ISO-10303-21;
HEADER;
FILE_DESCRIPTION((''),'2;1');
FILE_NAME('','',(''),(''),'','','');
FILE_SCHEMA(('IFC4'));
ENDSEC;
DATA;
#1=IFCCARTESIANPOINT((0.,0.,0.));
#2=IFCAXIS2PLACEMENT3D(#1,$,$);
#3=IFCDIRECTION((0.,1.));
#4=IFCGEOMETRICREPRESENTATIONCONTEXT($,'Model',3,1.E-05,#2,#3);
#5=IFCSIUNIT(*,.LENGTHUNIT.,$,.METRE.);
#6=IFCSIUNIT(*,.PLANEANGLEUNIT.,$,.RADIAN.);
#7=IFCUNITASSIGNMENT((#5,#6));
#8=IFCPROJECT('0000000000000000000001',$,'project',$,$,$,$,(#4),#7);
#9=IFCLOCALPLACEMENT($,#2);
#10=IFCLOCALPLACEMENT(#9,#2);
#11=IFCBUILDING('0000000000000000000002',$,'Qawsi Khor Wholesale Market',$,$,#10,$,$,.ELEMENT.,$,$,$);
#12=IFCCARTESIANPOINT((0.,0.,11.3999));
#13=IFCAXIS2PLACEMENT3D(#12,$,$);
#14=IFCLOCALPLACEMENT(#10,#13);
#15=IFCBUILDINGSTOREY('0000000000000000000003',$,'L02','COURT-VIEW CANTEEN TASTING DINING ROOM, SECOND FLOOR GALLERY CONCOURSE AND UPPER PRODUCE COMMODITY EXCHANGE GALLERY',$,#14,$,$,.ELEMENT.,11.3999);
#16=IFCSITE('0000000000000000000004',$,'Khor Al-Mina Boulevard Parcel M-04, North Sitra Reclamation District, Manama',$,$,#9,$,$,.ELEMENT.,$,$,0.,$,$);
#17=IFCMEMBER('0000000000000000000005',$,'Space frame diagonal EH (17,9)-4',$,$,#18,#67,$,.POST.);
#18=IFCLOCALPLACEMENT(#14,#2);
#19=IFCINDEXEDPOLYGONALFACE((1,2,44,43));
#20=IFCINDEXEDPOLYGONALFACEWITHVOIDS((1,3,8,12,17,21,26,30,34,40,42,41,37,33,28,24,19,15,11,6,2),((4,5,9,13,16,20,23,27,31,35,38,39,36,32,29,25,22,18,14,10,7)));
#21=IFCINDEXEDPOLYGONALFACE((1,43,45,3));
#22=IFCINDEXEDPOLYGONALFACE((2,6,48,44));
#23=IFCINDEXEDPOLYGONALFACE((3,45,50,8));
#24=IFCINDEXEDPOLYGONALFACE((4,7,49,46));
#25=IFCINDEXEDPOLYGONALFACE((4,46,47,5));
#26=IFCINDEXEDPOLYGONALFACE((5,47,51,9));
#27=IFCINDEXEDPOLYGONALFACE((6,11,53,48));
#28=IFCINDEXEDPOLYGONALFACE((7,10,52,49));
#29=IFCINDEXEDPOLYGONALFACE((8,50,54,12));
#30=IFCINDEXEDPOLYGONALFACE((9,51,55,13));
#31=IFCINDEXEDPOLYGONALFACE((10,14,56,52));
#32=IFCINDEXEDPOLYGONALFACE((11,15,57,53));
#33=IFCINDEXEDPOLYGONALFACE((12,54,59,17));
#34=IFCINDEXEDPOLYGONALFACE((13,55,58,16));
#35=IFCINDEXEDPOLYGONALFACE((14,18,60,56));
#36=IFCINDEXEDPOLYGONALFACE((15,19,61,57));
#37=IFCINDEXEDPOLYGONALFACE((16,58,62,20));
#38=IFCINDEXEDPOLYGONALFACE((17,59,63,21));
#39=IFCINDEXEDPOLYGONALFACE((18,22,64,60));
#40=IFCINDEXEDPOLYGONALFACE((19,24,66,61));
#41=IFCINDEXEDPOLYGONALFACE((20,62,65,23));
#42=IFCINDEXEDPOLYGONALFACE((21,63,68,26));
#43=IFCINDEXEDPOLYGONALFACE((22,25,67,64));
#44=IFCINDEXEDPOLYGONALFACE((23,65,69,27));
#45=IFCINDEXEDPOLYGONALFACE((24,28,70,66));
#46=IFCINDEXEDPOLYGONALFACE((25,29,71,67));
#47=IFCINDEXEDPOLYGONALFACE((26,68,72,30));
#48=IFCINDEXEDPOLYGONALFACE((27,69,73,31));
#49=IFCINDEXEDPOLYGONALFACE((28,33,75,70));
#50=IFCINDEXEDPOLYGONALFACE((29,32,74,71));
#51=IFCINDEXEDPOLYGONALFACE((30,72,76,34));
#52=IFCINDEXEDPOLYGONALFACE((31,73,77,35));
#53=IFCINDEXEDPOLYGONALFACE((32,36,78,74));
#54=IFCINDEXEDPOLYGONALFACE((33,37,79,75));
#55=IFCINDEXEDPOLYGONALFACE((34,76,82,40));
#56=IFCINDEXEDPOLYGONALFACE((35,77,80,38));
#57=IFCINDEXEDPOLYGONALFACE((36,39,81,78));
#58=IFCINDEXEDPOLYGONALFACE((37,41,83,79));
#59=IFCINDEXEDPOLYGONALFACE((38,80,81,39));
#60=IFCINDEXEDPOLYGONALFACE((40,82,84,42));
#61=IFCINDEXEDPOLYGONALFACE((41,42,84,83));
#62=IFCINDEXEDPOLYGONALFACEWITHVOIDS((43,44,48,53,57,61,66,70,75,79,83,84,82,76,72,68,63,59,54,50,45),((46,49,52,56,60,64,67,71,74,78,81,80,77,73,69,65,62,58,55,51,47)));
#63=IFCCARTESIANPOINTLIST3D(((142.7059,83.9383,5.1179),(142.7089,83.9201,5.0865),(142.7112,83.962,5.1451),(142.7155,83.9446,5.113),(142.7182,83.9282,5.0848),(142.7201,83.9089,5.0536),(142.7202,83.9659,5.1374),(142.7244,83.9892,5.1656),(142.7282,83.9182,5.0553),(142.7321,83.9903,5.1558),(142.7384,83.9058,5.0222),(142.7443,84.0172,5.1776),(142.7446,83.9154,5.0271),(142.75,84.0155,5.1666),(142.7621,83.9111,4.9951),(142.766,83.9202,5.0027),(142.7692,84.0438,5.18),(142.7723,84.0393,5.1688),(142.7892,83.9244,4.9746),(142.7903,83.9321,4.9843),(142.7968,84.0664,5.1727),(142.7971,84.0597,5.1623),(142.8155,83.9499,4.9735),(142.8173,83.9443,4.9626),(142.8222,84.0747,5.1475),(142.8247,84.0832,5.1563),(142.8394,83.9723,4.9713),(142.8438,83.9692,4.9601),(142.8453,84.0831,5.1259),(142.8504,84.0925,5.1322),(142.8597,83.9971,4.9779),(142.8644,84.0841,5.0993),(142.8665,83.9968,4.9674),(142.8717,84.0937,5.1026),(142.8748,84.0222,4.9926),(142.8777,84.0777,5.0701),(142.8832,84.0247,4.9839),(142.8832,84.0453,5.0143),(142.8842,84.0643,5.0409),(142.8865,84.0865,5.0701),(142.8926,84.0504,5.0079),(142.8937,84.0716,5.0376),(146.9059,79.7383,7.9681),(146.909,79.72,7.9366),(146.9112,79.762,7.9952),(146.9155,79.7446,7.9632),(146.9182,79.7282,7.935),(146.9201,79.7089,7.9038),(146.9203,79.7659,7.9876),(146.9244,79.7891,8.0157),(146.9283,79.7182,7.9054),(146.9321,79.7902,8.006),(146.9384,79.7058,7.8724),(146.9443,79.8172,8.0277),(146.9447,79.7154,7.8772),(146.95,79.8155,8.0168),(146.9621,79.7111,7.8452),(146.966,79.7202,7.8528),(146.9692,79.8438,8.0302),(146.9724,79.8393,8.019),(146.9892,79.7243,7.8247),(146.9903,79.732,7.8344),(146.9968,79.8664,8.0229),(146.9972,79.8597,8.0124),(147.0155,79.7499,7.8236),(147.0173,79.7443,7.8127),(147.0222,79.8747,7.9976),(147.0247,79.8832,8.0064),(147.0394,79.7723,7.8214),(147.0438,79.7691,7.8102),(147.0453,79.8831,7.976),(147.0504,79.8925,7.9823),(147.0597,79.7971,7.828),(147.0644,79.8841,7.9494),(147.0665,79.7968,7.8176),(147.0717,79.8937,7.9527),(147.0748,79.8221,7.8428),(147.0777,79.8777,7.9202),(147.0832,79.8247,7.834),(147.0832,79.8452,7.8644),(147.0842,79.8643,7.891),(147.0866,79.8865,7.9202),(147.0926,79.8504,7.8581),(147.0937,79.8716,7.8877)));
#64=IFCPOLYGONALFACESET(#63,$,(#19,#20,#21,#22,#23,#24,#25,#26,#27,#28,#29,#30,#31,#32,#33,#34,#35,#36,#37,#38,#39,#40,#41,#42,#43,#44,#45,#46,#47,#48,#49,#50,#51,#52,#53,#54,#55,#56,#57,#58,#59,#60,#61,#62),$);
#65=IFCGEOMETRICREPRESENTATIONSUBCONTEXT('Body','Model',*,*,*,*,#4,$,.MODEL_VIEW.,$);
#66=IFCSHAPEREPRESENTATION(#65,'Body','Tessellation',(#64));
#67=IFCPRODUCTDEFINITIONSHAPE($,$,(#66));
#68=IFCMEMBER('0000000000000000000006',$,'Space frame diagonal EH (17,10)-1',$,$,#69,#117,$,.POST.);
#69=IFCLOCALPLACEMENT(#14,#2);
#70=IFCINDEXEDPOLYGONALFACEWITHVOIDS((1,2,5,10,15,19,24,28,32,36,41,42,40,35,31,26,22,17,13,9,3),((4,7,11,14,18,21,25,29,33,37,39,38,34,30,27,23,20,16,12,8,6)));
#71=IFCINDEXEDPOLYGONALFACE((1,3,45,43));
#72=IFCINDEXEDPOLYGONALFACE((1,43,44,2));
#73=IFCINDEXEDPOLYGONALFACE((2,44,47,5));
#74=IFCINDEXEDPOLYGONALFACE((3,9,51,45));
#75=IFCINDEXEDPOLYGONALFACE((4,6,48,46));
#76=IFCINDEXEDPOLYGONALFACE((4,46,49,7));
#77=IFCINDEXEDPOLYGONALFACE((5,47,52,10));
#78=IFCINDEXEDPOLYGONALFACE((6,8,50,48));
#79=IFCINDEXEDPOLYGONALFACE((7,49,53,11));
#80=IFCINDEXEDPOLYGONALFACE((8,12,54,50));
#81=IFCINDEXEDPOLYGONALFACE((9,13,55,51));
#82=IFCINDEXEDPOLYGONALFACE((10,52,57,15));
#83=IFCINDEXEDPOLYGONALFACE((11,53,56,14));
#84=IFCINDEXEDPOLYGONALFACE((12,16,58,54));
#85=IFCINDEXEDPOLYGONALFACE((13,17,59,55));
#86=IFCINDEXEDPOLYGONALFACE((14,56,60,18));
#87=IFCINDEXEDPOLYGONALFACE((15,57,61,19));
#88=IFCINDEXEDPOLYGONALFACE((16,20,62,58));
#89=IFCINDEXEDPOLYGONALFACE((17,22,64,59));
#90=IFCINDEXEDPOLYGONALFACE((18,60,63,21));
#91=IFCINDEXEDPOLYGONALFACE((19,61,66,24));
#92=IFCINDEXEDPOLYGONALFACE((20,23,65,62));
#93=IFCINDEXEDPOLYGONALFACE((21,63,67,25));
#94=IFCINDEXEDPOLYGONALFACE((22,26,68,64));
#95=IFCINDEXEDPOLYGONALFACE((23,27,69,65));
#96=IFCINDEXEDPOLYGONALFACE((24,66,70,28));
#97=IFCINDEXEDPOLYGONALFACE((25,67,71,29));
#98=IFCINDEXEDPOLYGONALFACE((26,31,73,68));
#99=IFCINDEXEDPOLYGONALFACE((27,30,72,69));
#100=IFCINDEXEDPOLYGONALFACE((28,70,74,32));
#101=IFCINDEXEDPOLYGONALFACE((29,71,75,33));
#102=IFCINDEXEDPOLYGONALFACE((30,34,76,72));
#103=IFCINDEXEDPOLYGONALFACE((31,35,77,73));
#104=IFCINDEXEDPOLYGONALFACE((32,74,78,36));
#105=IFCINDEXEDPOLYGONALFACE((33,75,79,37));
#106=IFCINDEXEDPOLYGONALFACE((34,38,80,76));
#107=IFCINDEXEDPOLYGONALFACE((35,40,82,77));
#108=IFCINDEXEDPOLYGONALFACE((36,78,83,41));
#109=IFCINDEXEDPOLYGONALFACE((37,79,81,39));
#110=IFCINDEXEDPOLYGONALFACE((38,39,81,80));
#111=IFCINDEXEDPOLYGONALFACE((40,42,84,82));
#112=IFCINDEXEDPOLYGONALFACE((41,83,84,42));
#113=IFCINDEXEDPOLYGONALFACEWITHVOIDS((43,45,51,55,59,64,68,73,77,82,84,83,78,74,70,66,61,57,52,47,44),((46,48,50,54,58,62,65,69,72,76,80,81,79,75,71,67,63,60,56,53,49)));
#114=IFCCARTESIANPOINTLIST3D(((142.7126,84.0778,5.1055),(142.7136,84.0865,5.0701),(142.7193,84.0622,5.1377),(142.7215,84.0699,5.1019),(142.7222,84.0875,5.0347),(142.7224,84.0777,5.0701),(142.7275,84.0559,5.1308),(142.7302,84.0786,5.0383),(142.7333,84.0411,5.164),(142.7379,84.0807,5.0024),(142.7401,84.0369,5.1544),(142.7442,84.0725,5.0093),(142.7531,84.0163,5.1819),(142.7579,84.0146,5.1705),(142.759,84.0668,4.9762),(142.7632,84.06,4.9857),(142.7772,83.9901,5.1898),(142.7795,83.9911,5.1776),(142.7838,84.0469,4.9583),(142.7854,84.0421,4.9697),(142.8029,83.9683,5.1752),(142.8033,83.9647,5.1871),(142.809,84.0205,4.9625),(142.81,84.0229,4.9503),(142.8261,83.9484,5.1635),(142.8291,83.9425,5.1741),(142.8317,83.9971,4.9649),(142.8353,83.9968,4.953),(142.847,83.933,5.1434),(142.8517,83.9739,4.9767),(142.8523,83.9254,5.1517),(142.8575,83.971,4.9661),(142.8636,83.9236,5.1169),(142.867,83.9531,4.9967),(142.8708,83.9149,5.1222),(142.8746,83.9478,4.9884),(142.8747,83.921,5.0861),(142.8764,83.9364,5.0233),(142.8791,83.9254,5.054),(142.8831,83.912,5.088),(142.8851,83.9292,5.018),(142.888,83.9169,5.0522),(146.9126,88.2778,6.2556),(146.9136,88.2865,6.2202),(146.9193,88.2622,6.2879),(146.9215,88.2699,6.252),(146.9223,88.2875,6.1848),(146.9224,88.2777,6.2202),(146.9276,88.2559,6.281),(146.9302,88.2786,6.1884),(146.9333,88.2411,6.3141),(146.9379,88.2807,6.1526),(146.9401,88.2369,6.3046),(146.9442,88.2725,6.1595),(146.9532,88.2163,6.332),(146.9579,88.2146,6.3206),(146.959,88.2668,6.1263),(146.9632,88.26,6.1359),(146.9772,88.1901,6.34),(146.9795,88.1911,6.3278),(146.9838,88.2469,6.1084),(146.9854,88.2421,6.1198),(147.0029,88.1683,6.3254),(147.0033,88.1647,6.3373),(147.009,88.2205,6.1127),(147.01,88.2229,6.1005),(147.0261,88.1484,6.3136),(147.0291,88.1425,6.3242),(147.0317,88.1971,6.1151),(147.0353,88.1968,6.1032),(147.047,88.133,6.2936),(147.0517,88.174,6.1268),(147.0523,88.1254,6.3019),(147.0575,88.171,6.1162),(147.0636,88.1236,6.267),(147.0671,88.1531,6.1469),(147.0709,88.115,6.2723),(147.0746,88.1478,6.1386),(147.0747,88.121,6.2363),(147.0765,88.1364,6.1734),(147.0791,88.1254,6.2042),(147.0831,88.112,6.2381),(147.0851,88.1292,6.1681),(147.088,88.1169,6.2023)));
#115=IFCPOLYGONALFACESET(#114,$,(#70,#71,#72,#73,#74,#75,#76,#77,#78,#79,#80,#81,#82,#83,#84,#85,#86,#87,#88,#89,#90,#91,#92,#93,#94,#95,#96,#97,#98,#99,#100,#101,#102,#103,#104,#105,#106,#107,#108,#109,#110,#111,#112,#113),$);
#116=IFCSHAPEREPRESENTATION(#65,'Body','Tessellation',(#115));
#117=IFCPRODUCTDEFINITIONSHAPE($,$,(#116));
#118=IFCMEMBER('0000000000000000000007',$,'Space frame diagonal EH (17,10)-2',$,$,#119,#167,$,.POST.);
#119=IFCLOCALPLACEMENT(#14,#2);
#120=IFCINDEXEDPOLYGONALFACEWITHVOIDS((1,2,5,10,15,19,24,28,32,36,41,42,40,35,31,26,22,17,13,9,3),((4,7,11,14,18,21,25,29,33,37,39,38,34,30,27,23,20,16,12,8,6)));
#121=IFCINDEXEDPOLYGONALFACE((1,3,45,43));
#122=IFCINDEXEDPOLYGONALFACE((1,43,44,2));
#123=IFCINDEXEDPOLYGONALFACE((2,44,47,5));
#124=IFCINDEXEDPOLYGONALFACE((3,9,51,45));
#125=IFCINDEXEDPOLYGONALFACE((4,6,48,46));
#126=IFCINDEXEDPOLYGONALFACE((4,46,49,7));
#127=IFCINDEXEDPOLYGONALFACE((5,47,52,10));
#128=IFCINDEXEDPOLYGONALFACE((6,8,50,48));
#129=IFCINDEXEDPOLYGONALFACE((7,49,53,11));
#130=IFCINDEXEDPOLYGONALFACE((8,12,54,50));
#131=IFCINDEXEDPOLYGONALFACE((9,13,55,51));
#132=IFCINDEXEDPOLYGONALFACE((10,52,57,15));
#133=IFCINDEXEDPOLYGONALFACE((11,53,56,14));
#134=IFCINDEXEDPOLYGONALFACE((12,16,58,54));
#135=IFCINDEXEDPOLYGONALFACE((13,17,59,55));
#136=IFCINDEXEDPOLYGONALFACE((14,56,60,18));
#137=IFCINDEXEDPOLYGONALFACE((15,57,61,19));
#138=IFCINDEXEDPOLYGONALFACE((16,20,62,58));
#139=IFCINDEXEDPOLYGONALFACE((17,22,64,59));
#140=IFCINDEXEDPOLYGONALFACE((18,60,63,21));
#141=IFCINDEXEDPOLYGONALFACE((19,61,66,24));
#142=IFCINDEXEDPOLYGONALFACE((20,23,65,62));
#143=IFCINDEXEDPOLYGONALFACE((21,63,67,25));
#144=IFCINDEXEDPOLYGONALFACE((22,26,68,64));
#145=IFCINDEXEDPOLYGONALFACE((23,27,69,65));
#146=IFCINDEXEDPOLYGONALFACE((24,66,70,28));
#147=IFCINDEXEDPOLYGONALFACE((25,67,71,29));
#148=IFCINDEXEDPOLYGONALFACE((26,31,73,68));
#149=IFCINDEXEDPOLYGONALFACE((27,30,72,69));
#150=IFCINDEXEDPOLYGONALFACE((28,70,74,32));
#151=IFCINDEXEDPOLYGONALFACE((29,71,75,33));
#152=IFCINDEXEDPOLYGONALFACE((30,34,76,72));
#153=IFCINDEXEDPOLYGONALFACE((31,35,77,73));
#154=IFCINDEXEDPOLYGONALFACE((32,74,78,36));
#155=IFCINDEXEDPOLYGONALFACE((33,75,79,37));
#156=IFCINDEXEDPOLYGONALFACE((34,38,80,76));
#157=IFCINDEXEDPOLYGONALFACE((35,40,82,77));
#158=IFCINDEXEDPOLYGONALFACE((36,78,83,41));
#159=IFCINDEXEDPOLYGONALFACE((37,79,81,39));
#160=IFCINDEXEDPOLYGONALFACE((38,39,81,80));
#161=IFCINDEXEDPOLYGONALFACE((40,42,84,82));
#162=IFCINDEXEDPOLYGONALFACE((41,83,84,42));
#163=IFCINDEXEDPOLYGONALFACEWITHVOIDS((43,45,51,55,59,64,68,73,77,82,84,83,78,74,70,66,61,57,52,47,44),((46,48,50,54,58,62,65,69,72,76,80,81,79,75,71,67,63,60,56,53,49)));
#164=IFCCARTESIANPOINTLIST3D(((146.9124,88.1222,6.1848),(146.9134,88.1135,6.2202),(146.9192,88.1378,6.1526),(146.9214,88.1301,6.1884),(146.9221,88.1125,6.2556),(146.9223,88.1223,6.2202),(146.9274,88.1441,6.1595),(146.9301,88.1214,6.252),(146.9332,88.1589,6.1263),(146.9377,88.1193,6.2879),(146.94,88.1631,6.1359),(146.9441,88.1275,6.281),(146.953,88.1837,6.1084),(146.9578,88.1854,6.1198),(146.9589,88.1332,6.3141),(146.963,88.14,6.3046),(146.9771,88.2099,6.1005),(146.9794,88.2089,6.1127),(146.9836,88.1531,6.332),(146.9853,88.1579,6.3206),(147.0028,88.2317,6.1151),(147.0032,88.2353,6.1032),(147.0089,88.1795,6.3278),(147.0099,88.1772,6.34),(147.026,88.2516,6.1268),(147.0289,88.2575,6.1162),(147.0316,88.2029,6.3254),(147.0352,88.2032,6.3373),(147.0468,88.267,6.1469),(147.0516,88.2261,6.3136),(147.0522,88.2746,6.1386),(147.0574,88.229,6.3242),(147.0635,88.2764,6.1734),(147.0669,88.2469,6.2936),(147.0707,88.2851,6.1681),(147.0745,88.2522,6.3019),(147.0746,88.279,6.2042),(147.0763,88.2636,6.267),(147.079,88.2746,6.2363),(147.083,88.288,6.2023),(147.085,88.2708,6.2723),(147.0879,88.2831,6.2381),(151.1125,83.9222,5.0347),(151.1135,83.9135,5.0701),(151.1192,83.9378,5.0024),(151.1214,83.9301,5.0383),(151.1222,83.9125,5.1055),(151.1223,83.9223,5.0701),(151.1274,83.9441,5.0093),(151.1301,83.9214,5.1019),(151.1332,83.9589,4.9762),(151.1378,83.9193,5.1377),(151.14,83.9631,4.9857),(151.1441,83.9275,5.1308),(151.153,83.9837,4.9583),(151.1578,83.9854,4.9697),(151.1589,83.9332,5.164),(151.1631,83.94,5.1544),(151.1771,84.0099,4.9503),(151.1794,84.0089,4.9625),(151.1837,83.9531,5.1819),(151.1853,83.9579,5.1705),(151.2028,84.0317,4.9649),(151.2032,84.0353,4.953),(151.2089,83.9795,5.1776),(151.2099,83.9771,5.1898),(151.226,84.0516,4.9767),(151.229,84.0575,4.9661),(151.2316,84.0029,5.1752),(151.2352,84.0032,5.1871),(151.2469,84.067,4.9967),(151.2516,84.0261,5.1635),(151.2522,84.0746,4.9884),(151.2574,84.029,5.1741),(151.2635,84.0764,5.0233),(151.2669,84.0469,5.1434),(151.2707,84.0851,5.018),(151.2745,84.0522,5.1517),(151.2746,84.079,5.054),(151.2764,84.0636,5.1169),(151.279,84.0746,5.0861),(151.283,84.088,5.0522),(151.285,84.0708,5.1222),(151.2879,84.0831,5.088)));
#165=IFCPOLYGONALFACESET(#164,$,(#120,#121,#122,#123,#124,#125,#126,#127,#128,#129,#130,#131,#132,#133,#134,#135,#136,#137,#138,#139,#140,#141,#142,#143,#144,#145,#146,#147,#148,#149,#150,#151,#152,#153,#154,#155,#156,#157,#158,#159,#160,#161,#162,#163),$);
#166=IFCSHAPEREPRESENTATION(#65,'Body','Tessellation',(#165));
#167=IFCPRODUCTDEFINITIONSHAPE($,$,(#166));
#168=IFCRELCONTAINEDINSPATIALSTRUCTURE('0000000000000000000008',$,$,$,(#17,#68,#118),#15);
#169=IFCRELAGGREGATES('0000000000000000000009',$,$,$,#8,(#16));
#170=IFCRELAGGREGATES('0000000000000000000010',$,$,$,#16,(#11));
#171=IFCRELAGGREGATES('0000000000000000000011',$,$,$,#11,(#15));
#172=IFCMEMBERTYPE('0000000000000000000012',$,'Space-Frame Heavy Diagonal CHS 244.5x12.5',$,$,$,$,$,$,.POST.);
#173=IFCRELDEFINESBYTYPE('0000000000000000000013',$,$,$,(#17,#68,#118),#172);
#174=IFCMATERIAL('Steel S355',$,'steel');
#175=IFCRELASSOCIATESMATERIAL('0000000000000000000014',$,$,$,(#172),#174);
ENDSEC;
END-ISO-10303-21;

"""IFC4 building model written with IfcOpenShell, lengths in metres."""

from ifc_helpers import new_model, si_unit, direction, frame, origin, origin_2d, place, context, subcontext, project, spatial, hollow_circle, extrude, material, material_profile, profile_set, type_object, element, save


model = new_model("IFC4")

# Units and contexts
model_context = context("Model", 3, precision=1e-05, world=origin(), true_north=direction((0.0, 1.0)))
body_context = subcontext(model_context, "Body", "Model", "MODEL_VIEW")
ifc_project = project(units=[si_unit("LENGTHUNIT", "METRE"), si_unit("PLANEANGLEUNIT", "RADIAN")], contexts=[model_context])

# Site, building, storey
site_placement = place(None, origin())
site = spatial("IfcSite", under=ifc_project, at=site_placement, Name="Khor Al-Mina Boulevard Parcel M-04, North Sitra Reclamation District, Manama", CompositionType="ELEMENT", RefElevation=0.0)
building_placement = place(site_placement, origin())
building = spatial("IfcBuilding", under=site, at=building_placement, Name="Qawsi Khor Wholesale Market", CompositionType="ELEMENT")
storey_placement = place(building_placement, frame((0.0, 0.0, 11.3999)))
storey = spatial("IfcBuildingStorey", under=building, at=storey_placement, Name="L02", Description="COURT-VIEW CANTEEN TASTING DINING ROOM, SECOND FLOOR GALLERY CONCOURSE AND UPPER PRODUCE COMMODITY EXCHANGE GALLERY", CompositionType="ELEMENT", Elevation=11.3999)

# Members
ifc_material_1 = material(Name="Steel S355", Category="steel")
ifc_material_profile_1 = material_profile(ifc_material_1, hollow_circle(Radius=0.1223, WallThickness=0.0125, at=origin_2d()), Name="CHS 244.5x12.5")
ifc_profile_set_1 = profile_set([ifc_material_profile_1], Name="Steel S355")
member_type_1 = type_object("IfcMemberType", Name="Space-Frame Heavy Diagonal CHS 244.5x12.5", PredefinedType="POST", material=ifc_profile_set_1)
for number, where, z_axis, x_axis, name in (
    (1, (142.8, 84.0, 5.0701), (0.637512, -0.637512, 0.432617), (0.707107, 0.707107, 0.0), "Space frame diagonal EH (17,9)-4"),
):
    element("IfcMember", number, at=place(storey_placement, frame(where, z_axis=z_axis, x_axis=x_axis)), inside=storey, type_object=member_type_1, Name=name, PredefinedType="POST", context=body_context, shape_type="SweptSolid", body=[
        extrude(hollow_circle(Radius=0.1223, WallThickness=0.0125, at=origin_2d()), origin(), (0.0, 0.0, 1.0), 6.5881),
    ])
for number, where, z_axis, x_axis, name in (
    (2, (142.8, 84.0, 5.0701), (0.694211, 0.694211, 0.190108), (-0.707107, 0.707107, 0.0), "Space frame diagonal EH (17,10)-1"),
    (3, (151.2, 84.0, 5.0701), (-0.694211, 0.694211, 0.190108), (-0.707107, -0.707107, 0.0), "Space frame diagonal EH (17,10)-2"),
):
    element("IfcMember", number, at=place(storey_placement, frame(where, z_axis=z_axis, x_axis=x_axis)), inside=storey, type_object=member_type_1, Name=name, PredefinedType="POST", context=body_context, shape_type="SweptSolid", body=[
        extrude(hollow_circle(Radius=0.1223, WallThickness=0.0125, at=origin_2d()), origin(), (0.0, 0.0, 1.0), 6.05),
    ])

save(model, "model.ifc")
